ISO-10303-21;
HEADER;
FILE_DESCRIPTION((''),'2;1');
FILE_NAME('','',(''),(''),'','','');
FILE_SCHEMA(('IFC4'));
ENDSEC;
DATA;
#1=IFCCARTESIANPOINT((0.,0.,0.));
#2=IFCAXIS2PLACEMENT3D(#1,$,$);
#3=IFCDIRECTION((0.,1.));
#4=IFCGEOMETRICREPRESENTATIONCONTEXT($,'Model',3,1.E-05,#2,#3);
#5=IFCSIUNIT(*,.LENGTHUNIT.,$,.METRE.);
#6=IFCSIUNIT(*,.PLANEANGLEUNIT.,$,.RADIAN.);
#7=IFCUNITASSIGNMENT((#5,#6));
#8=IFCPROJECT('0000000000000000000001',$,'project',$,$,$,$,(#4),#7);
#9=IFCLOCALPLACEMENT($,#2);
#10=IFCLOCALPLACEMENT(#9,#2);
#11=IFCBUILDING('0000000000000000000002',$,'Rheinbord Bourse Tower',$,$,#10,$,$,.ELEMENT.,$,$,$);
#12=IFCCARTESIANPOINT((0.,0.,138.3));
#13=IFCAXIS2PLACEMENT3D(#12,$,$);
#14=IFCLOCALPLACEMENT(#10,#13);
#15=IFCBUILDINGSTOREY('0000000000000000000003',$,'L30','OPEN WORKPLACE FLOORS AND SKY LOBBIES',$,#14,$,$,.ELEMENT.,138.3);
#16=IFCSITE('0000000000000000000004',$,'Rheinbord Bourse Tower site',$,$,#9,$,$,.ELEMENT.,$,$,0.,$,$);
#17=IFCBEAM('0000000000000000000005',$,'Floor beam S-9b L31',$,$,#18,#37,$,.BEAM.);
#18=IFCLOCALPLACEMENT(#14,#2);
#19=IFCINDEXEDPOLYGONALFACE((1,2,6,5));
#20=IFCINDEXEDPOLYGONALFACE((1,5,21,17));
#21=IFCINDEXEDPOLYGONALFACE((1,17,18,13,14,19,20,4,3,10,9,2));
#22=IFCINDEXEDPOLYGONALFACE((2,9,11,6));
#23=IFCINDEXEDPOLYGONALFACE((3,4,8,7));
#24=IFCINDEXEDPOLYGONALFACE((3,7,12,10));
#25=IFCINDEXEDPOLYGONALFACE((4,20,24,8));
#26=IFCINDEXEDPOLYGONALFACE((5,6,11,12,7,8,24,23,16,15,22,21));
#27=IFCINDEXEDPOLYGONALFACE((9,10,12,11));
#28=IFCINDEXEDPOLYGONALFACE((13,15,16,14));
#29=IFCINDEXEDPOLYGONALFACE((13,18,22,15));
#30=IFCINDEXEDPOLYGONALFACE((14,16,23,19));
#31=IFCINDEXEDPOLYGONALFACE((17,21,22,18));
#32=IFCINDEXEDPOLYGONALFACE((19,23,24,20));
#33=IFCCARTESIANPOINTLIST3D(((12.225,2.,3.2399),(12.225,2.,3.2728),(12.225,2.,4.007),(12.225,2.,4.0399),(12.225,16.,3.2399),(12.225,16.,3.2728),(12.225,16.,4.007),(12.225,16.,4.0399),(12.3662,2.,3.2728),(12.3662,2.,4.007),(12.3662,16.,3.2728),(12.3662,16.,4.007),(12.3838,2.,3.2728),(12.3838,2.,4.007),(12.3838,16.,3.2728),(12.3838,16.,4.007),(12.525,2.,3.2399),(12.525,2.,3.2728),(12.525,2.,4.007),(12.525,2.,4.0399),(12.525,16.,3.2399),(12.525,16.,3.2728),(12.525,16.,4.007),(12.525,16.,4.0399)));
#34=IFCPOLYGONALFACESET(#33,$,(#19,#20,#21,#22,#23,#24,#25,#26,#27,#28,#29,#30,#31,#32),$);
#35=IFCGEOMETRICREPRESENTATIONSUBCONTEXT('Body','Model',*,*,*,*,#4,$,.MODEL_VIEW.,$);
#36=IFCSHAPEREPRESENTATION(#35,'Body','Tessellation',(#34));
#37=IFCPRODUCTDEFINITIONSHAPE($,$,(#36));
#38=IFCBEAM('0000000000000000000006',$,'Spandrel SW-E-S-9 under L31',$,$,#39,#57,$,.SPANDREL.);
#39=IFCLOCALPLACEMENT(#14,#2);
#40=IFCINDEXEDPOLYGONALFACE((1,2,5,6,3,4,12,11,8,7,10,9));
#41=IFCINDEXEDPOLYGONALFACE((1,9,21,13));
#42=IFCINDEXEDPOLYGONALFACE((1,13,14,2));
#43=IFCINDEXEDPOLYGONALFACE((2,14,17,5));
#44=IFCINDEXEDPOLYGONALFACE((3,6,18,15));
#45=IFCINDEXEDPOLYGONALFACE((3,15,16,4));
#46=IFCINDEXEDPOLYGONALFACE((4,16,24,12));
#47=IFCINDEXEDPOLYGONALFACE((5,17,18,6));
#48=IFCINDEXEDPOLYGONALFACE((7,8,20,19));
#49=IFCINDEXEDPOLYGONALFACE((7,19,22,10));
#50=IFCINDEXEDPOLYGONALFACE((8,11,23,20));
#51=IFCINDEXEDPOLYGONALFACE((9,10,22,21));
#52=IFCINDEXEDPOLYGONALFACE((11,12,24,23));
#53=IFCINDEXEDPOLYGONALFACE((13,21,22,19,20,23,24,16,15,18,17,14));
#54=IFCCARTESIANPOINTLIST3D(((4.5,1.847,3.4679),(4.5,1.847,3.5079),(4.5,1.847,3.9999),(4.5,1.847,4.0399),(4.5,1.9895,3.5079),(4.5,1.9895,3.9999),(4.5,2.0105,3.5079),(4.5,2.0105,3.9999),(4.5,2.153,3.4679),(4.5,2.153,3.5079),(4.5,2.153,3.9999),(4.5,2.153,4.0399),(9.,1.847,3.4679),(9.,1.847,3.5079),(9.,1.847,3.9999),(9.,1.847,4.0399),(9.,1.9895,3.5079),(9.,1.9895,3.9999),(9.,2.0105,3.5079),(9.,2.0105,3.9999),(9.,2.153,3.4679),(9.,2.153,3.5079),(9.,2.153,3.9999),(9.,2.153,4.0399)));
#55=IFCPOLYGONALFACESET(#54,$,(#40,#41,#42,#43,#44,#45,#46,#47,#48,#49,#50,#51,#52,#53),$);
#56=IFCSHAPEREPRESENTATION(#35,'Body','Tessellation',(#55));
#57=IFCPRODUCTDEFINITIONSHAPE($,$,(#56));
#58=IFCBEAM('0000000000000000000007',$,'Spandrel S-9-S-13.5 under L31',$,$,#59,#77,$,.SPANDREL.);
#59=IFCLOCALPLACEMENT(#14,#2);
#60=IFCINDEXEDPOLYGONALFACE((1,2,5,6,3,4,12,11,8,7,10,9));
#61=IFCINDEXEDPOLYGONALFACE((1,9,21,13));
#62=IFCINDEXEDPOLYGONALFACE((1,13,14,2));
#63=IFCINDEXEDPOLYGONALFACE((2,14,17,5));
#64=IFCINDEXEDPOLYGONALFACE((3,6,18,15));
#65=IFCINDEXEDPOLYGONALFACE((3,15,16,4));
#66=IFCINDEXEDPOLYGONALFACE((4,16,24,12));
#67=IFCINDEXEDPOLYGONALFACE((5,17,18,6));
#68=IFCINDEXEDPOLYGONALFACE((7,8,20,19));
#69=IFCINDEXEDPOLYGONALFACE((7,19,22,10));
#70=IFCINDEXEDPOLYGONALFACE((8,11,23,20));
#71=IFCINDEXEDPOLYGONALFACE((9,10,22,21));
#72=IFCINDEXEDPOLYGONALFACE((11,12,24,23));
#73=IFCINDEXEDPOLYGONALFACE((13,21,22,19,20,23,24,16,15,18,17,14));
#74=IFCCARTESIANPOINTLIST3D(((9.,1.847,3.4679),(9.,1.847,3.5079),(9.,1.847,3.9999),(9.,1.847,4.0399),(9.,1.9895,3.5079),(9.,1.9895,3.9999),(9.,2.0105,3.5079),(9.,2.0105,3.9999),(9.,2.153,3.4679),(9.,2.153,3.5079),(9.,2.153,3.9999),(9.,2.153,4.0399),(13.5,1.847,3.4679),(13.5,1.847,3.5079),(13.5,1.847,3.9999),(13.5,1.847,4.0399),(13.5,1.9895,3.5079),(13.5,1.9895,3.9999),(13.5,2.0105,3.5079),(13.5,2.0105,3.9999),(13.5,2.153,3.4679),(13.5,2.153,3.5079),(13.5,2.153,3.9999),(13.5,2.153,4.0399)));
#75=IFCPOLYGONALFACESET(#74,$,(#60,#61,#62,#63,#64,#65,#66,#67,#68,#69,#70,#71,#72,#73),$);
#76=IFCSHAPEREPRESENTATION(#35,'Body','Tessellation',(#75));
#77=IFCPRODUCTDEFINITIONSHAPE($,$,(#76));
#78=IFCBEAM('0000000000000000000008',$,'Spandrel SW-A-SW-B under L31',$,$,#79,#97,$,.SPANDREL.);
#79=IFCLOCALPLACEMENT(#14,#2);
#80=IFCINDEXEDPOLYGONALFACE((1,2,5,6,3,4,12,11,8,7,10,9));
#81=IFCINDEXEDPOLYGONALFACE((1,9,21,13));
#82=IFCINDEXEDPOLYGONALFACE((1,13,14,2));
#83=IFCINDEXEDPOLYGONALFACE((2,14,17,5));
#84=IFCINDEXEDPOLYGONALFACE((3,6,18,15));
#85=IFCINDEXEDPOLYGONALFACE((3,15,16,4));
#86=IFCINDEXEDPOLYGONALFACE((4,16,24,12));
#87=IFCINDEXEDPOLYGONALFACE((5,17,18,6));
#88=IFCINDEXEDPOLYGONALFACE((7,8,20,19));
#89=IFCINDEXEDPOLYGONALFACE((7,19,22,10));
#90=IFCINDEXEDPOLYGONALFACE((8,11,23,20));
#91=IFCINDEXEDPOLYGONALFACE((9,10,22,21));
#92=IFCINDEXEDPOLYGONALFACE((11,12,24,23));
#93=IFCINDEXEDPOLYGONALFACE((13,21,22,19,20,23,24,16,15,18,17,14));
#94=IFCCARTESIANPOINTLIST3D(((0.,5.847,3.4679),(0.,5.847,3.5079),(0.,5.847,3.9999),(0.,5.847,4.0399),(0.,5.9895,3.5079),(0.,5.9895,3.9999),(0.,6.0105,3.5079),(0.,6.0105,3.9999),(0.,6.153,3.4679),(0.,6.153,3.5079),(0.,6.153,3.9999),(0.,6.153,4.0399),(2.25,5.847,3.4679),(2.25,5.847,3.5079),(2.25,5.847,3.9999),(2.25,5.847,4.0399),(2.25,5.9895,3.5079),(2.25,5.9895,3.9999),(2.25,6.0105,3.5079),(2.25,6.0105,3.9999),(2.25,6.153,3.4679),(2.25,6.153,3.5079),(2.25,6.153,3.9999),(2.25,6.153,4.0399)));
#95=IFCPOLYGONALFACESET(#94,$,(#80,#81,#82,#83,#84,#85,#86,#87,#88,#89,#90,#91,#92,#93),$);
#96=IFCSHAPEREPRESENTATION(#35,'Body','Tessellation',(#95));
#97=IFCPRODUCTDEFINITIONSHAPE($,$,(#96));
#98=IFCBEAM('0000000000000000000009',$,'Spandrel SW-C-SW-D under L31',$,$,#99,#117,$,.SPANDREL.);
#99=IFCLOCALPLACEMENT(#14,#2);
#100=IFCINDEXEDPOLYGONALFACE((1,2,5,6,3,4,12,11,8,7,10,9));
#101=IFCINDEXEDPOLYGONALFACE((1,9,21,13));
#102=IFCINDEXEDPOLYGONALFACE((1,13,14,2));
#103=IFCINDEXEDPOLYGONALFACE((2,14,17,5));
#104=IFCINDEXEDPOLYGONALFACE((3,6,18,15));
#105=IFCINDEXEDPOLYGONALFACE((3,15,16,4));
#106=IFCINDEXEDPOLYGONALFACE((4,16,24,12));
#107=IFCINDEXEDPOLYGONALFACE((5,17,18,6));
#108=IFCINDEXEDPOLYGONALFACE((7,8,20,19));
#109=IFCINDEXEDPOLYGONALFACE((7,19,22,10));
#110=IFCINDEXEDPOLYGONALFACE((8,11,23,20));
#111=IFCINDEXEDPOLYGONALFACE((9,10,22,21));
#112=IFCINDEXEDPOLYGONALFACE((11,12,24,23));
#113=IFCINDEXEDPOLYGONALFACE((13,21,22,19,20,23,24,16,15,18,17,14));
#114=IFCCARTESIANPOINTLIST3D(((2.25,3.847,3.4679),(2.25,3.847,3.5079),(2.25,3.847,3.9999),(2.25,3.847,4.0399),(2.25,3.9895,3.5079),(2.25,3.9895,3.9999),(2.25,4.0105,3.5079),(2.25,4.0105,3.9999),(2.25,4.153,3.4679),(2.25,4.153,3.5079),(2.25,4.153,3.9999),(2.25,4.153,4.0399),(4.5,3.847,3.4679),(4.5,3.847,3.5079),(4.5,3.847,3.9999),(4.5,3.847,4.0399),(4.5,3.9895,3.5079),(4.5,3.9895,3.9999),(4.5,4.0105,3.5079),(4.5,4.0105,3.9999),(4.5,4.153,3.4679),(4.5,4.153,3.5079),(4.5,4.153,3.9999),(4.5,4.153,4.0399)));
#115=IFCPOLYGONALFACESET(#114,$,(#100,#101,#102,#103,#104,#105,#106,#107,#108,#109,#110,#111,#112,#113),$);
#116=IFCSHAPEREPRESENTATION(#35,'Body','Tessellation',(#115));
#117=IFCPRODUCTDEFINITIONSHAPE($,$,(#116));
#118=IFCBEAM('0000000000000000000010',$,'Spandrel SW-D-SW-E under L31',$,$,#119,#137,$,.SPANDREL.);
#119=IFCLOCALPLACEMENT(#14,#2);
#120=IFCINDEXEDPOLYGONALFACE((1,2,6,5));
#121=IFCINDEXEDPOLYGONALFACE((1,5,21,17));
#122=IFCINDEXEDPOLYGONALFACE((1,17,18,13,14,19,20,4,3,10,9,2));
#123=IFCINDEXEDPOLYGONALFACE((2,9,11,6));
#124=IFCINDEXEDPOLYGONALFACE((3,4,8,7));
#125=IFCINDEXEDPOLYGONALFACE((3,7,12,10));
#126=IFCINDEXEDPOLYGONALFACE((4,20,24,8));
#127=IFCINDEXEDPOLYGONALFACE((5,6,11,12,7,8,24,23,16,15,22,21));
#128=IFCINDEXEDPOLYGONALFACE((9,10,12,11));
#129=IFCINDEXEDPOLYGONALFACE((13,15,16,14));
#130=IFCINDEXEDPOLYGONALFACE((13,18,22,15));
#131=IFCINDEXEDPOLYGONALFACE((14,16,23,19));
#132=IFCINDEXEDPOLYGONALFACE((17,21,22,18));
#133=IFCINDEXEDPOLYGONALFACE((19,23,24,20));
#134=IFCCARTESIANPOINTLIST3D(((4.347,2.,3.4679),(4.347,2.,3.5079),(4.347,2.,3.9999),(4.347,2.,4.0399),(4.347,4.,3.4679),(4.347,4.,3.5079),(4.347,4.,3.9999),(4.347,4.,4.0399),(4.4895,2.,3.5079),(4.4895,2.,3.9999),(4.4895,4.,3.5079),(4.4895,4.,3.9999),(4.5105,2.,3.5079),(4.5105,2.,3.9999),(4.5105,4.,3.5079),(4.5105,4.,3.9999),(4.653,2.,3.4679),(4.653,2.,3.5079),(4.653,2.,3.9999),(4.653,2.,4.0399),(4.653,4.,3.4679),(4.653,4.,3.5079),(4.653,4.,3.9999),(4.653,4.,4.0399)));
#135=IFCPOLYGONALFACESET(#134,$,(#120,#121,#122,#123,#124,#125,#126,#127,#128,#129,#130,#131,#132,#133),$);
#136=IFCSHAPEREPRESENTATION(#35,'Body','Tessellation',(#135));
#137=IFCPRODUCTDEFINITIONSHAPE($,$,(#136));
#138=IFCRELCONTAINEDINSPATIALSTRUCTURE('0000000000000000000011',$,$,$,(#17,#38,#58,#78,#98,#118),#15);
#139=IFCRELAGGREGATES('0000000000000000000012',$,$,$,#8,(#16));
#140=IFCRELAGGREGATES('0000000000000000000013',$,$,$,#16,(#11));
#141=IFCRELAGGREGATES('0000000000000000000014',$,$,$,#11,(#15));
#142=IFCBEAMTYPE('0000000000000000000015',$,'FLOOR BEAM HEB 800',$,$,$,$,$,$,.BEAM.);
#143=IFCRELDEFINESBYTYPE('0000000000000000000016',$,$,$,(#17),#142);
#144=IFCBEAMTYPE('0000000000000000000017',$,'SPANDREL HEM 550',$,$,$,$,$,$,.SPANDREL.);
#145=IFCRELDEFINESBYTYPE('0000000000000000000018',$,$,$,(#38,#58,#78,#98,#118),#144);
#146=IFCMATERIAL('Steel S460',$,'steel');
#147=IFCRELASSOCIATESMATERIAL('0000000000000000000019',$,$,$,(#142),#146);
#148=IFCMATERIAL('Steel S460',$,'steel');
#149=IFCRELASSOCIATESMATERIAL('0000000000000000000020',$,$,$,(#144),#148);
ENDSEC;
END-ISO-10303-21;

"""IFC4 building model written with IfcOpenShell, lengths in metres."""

from ifc_helpers import new_model, si_unit, direction, frame, origin, origin_2d, place, context, subcontext, project, spatial, i_section, extrude, material, material_profile, profile_set, type_object, element, save


model = new_model("IFC4")

# Units and contexts
model_context = context("Model", 3, precision=1e-05, world=origin(), true_north=direction((0.0, 1.0)))
body_context = subcontext(model_context, "Body", "Model", "MODEL_VIEW")
ifc_project = project(units=[si_unit("LENGTHUNIT", "METRE"), si_unit("PLANEANGLEUNIT", "RADIAN")], contexts=[model_context])

# Site, building, storey
site_placement = place(None, origin())
site = spatial("IfcSite", under=ifc_project, at=site_placement, Name="Rheinbord Bourse Tower site", CompositionType="ELEMENT", RefElevation=0.0)
building_placement = place(site_placement, origin())
building = spatial("IfcBuilding", under=site, at=building_placement, Name="Rheinbord Bourse Tower", CompositionType="ELEMENT")
storey_placement = place(building_placement, frame((0.0, 0.0, 138.3)))
storey = spatial("IfcBuildingStorey", under=building, at=storey_placement, Name="L30", Description="OPEN WORKPLACE FLOORS AND SKY LOBBIES", CompositionType="ELEMENT", Elevation=138.3)

# Beams
ifc_material_1 = material(Name="Steel S460", Category="steel")
ifc_material_profile_1 = material_profile(ifc_material_1, i_section(OverallWidth=0.3, OverallDepth=0.8, WebThickness=0.0176, FlangeThickness=0.033, at=origin_2d()), Name="HEB 800")
ifc_profile_set_1 = profile_set([ifc_material_profile_1], Name="Steel S460")
beam_type_1 = type_object("IfcBeamType", Name="FLOOR BEAM HEB 800", PredefinedType="BEAM", material=ifc_profile_set_1)
for number, where, z_axis, x_axis, name in (
    (1, (12.375, 2.0, 3.6399), (0.0, 1.0, 0.0), (-1.0, 0.0, 0.0), "Floor beam S-9b L31"),
):
    element("IfcBeam", number, at=place(storey_placement, frame(where, z_axis=z_axis, x_axis=x_axis)), inside=storey, type_object=beam_type_1, Name=name, PredefinedType="BEAM", context=body_context, shape_type="SweptSolid", body=[
        extrude(i_section(OverallWidth=0.3, OverallDepth=0.8, WebThickness=0.0176, FlangeThickness=0.033, at=origin_2d()), origin(), (0.0, 0.0, 1.0), 14.0),
    ])
ifc_material_2 = material(Name="Steel S460", Category="steel")
ifc_material_profile_2 = material_profile(ifc_material_2, i_section(OverallWidth=0.3059, OverallDepth=0.572, WebThickness=0.021, FlangeThickness=0.04, at=origin_2d()), Name="HEM 550")
ifc_profile_set_2 = profile_set([ifc_material_profile_2], Name="Steel S460")
beam_type_2 = type_object("IfcBeamType", Name="SPANDREL HEM 550", PredefinedType="SPANDREL", material=ifc_profile_set_2)
for number, where, z_axis, x_axis, name in (
    (2, (4.5, 2.0, 3.7539), (1.0, 0.0, 0.0), (0.0, 1.0, 0.0), "Spandrel SW-E-S-9 under L31"),
    (3, (9.0, 2.0, 3.7539), (1.0, 0.0, 0.0), (0.0, 1.0, 0.0), "Spandrel S-9-S-13.5 under L31"),
):
    element("IfcBeam", number, at=place(storey_placement, frame(where, z_axis=z_axis, x_axis=x_axis)), inside=storey, type_object=beam_type_2, Name=name, PredefinedType="SPANDREL", context=body_context, shape_type="SweptSolid", body=[
        extrude(i_section(OverallWidth=0.3059, OverallDepth=0.572, WebThickness=0.021, FlangeThickness=0.04, at=origin_2d()), origin(), (0.0, 0.0, 1.0), 4.5),
    ])
for number, where, z_axis, x_axis, name in (
    (4, (0.0, 6.0, 3.7539), (1.0, 0.0, 0.0), (0.0, 1.0, 0.0), "Spandrel SW-A-SW-B under L31"),
    (5, (2.25, 4.0, 3.7539), (1.0, 0.0, 0.0), (0.0, 1.0, 0.0), "Spandrel SW-C-SW-D under L31"),
):
    element("IfcBeam", number, at=place(storey_placement, frame(where, z_axis=z_axis, x_axis=x_axis)), inside=storey, type_object=beam_type_2, Name=name, PredefinedType="SPANDREL", context=body_context, shape_type="SweptSolid", body=[
        extrude(i_section(OverallWidth=0.3059, OverallDepth=0.572, WebThickness=0.021, FlangeThickness=0.04, at=origin_2d()), origin(), (0.0, 0.0, 1.0), 2.25),
    ])
beam_placement = place(storey_placement, frame((4.5, 4.0, 3.7539), z_axis=(0.0, -1.0, 0.0), x_axis=(1.0, 0.0, 0.0)))
element("IfcBeam", 6, at=beam_placement, inside=storey, type_object=beam_type_2, Name="Spandrel SW-D-SW-E under L31", PredefinedType="SPANDREL", context=body_context, shape_type="SweptSolid", body=[
    extrude(i_section(OverallWidth=0.3059, OverallDepth=0.572, WebThickness=0.021, FlangeThickness=0.04, at=origin_2d()), origin(), (0.0, 0.0, 1.0), 2.0),
])

save(model, "model.ifc")
